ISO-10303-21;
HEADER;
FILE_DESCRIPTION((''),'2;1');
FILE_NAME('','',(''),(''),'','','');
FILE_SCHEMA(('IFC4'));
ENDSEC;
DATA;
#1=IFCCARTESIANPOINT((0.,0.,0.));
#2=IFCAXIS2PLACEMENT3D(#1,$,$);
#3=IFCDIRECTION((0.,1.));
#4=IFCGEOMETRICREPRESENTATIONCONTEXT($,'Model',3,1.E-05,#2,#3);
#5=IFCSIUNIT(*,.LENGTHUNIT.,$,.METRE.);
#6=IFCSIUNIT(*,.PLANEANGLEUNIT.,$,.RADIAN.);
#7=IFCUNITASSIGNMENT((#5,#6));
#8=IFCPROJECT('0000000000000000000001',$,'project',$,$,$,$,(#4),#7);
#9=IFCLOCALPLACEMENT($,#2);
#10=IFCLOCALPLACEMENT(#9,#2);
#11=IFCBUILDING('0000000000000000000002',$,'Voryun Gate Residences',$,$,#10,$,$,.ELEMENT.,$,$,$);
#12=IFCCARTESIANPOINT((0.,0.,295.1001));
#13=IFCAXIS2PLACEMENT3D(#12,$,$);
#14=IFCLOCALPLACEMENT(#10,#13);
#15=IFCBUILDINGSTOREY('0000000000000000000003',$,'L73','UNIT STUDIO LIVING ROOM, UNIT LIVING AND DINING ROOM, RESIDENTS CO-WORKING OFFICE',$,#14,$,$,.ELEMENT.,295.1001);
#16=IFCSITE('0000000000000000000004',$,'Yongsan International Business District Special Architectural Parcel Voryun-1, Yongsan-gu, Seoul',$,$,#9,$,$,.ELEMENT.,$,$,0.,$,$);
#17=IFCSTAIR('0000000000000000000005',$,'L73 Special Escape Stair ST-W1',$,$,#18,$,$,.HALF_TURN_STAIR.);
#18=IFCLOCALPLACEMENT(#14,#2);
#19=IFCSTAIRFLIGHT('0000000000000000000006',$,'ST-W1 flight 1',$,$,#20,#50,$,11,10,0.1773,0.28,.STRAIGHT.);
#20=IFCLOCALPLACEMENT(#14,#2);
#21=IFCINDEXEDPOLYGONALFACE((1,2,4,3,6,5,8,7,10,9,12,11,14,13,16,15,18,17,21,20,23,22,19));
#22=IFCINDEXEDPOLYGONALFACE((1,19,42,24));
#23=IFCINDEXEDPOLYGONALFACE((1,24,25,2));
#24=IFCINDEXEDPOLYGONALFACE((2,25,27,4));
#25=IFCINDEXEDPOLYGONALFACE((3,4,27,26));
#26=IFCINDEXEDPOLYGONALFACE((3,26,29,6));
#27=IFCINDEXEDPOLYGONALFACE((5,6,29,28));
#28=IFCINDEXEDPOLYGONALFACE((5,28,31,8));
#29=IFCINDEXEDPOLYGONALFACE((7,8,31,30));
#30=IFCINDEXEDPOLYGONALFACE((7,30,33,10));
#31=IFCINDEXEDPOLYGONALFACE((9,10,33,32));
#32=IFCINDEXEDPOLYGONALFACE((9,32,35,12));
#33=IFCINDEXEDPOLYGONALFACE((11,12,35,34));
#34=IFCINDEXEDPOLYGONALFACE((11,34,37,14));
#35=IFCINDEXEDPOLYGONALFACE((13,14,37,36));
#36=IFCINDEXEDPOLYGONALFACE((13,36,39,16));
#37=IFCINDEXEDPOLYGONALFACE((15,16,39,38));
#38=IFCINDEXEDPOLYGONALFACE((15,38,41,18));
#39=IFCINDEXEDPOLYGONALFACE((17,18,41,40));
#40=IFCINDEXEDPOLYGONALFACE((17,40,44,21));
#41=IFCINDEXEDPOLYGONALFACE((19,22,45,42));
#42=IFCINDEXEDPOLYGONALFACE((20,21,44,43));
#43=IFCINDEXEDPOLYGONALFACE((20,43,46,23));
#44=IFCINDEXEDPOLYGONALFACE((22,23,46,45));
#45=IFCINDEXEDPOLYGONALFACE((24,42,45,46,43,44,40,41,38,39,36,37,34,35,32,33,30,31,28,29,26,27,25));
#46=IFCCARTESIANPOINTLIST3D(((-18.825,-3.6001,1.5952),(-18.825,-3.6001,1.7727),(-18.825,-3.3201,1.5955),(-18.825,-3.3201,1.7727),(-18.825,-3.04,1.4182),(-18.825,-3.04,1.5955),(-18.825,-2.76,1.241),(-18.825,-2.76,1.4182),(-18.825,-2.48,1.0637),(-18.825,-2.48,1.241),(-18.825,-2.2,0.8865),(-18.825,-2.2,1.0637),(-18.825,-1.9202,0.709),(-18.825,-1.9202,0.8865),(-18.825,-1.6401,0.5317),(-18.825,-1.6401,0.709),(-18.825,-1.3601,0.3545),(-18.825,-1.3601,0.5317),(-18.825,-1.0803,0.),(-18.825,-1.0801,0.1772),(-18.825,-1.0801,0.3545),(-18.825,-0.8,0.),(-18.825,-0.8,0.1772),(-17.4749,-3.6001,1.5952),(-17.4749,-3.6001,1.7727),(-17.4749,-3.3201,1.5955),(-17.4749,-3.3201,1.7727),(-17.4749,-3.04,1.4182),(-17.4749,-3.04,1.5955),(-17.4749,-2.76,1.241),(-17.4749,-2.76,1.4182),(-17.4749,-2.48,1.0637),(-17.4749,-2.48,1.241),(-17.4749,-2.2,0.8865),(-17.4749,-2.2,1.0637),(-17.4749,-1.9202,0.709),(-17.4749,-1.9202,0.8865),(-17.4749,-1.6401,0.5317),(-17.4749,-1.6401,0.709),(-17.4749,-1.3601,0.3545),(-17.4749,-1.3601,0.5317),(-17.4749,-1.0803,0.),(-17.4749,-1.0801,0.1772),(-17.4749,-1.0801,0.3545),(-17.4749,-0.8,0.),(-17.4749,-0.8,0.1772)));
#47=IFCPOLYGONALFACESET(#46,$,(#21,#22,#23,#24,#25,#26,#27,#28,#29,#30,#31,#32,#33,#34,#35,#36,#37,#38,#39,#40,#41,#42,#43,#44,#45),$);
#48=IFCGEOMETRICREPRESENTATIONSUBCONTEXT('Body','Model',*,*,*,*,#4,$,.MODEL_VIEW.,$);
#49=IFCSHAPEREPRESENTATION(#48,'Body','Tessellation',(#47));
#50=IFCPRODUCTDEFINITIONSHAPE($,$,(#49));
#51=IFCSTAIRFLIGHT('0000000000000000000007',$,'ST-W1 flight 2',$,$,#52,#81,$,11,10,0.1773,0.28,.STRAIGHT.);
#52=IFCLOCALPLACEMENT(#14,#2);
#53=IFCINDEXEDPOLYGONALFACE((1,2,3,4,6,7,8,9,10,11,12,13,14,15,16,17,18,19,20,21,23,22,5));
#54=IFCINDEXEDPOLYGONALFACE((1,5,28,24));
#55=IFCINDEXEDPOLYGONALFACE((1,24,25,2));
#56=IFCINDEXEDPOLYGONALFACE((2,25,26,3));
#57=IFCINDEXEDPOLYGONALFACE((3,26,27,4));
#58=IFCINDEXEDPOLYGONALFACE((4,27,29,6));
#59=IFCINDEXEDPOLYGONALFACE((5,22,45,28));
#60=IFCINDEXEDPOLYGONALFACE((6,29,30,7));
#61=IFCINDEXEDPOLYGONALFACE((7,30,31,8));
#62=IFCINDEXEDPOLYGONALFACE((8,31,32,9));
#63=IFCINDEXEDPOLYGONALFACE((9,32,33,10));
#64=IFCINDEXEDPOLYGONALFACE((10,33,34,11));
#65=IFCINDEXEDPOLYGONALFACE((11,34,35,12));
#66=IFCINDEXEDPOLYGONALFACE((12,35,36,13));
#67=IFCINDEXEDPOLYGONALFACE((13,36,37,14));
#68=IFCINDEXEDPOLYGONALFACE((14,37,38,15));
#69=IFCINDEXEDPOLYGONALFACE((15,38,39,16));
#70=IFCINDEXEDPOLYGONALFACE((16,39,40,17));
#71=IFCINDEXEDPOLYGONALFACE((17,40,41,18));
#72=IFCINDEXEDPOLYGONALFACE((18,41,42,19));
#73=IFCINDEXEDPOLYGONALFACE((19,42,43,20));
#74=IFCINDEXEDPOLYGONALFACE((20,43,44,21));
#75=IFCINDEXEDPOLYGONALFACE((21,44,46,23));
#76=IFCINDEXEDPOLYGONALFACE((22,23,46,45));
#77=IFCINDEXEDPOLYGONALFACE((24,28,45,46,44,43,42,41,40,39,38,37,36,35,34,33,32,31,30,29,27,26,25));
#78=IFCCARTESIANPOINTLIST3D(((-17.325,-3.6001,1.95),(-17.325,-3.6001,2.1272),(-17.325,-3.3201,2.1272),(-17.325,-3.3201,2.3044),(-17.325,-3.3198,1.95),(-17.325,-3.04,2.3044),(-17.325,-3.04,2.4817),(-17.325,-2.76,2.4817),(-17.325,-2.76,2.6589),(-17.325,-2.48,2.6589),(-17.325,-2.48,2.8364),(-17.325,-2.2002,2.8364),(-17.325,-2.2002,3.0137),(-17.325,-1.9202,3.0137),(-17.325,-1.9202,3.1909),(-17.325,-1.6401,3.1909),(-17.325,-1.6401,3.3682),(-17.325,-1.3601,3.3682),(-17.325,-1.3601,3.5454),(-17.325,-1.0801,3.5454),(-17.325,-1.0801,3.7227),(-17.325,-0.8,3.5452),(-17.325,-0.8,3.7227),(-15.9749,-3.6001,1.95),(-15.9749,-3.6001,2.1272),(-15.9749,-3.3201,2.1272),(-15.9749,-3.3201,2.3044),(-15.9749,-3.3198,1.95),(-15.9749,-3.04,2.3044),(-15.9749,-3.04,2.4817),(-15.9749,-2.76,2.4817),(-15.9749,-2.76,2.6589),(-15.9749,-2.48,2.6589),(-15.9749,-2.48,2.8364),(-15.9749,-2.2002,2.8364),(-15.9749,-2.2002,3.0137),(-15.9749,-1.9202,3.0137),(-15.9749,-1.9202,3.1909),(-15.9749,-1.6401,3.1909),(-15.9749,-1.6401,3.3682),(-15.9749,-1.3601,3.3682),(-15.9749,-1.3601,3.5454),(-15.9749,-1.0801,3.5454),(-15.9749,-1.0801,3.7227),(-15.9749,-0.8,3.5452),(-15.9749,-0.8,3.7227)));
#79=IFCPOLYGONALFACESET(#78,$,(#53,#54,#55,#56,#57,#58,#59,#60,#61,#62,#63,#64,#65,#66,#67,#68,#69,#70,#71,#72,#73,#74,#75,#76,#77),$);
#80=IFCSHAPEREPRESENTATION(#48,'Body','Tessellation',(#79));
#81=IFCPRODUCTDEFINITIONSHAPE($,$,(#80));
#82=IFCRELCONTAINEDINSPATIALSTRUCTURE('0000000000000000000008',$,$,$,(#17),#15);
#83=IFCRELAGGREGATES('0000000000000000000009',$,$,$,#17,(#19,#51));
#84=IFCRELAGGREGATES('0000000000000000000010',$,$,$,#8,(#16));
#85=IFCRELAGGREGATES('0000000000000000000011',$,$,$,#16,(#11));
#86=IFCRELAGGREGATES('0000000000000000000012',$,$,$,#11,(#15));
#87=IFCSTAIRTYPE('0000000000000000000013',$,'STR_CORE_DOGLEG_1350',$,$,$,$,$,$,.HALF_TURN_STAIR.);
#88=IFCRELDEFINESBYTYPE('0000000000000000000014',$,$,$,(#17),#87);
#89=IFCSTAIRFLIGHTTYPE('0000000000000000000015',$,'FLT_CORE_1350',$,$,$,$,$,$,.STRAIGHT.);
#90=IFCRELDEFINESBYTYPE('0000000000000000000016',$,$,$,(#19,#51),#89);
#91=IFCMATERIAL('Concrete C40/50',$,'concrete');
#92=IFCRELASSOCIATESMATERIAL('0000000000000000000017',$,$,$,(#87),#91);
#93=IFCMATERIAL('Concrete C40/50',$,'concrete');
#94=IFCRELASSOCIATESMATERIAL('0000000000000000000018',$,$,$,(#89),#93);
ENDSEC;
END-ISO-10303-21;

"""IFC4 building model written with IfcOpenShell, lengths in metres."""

from ifc_helpers import new_model, si_unit, direction, frame, origin, place, context, subcontext, project, spatial, polyline, outline, extrude, material, type_object, element, aggregate, save


model = new_model("IFC4")

# Units and contexts
model_context = context("Model", 3, precision=1e-05, world=origin(), true_north=direction((0.0, 1.0)))
body_context = subcontext(model_context, "Body", "Model", "MODEL_VIEW")
ifc_project = project(units=[si_unit("LENGTHUNIT", "METRE"), si_unit("PLANEANGLEUNIT", "RADIAN")], contexts=[model_context])

# Site, building, storey
site_placement = place(None, origin())
site = spatial("IfcSite", under=ifc_project, at=site_placement, Name="Yongsan International Business District Special Architectural Parcel Voryun-1, Yongsan-gu, Seoul", CompositionType="ELEMENT", RefElevation=0.0)
building_placement = place(site_placement, origin())
building = spatial("IfcBuilding", under=site, at=building_placement, Name="Voryun Gate Residences", CompositionType="ELEMENT")
storey_placement = place(building_placement, frame((0.0, 0.0, 295.1001)))
storey = spatial("IfcBuildingStorey", under=building, at=storey_placement, Name="L73", Description="UNIT STUDIO LIVING ROOM, UNIT LIVING AND DINING ROOM, RESIDENTS CO-WORKING OFFICE", CompositionType="ELEMENT", Elevation=295.1001)

# Stair, stair flights
ifc_material_1 = material(Name="Concrete C40/50", Category="concrete")
stair_type = type_object("IfcStairType", Name="STR_CORE_DOGLEG_1350", PredefinedType="HALF_TURN_STAIR", material=ifc_material_1)
stair_placement = place(storey_placement, origin())
stair = element("IfcStair", 1, at=stair_placement, inside=storey, type_object=stair_type, Name="L73 Special Escape Stair ST-W1", PredefinedType="HALF_TURN_STAIR")
ifc_material_2 = material(Name="Concrete C40/50", Category="concrete")
stair_flight_type = type_object("IfcStairFlightType", Name="FLT_CORE_1350", PredefinedType="STRAIGHT", material=ifc_material_2)
stair_flight_1_placement = place(storey_placement, frame((-18.1499, -0.8, 0.0), z_axis=(0.0, 0.0, 1.0), x_axis=(0.0, -1.0, 0.0)))
stair_flight_1 = element("IfcStairFlight", 2, at=stair_flight_1_placement, type_object=stair_flight_type, Name="ST-W1 flight 1", NumberOfRisers=11, NumberOfTreads=10, PredefinedType="STRAIGHT", RiserHeight=0.1773, TreadLength=0.28, context=body_context, shape_type="SweptSolid", body=[
    extrude(outline(polyline([(0.0, 0.0), (0.0, 0.1772), (0.28, 0.1772), (0.28, 0.3545), (0.5601, 0.3545), (0.5601, 0.5317), (0.8401, 0.5317), (0.8401, 0.709), (1.1201, 0.709), (1.1201, 0.8865), (1.3999, 0.8865), (1.3999, 1.0637), (1.6799, 1.0637), (1.6799, 1.241), (1.96, 1.241), (1.96, 1.4182), (2.24, 1.4182), (2.24, 1.5955), (2.52, 1.5955), (2.52, 1.7727), (2.8, 1.7727), (2.8, 1.95), (2.8, 1.5952), (0.2803, 0.0), (0.0, 0.0)])), frame((0.0, 0.675, 0.0), z_axis=(0.0, -1.0, 0.0), x_axis=(1.0, 0.0, 0.0)), (0.0, 0.0, 1.0), 1.3501),
])
stair_flight_2_placement = place(storey_placement, frame((-16.6499, -3.6001, 1.95), z_axis=(0.0, 0.0, 1.0), x_axis=(0.0, 1.0, 0.0)))
stair_flight_2 = element("IfcStairFlight", 3, at=stair_flight_2_placement, type_object=stair_flight_type, Name="ST-W1 flight 2", NumberOfRisers=11, NumberOfTreads=10, PredefinedType="STRAIGHT", RiserHeight=0.1773, TreadLength=0.28, context=body_context, shape_type="SweptSolid", body=[
    extrude(outline(polyline([(0.0, 0.0), (0.0, 0.1772), (0.28, 0.1772), (0.28, 0.3545), (0.5601, 0.3545), (0.5601, 0.5317), (0.8401, 0.5317), (0.8401, 0.709), (1.1201, 0.709), (1.1201, 0.8865), (1.3999, 0.8865), (1.3999, 1.0637), (1.6799, 1.0637), (1.6799, 1.241), (1.96, 1.241), (1.96, 1.4182), (2.24, 1.4182), (2.24, 1.5955), (2.52, 1.5955), (2.52, 1.7727), (2.8, 1.7727), (2.8, 1.95), (2.8, 1.5952), (0.2803, 0.0), (0.0, 0.0)])), frame((0.0, 0.675, 0.0), z_axis=(0.0, -1.0, 0.0), x_axis=(1.0, 0.0, 0.0)), (0.0, 0.0, 1.0), 1.3501),
])
aggregate(stair, [stair_flight_1, stair_flight_2])

save(model, "model.ifc")
